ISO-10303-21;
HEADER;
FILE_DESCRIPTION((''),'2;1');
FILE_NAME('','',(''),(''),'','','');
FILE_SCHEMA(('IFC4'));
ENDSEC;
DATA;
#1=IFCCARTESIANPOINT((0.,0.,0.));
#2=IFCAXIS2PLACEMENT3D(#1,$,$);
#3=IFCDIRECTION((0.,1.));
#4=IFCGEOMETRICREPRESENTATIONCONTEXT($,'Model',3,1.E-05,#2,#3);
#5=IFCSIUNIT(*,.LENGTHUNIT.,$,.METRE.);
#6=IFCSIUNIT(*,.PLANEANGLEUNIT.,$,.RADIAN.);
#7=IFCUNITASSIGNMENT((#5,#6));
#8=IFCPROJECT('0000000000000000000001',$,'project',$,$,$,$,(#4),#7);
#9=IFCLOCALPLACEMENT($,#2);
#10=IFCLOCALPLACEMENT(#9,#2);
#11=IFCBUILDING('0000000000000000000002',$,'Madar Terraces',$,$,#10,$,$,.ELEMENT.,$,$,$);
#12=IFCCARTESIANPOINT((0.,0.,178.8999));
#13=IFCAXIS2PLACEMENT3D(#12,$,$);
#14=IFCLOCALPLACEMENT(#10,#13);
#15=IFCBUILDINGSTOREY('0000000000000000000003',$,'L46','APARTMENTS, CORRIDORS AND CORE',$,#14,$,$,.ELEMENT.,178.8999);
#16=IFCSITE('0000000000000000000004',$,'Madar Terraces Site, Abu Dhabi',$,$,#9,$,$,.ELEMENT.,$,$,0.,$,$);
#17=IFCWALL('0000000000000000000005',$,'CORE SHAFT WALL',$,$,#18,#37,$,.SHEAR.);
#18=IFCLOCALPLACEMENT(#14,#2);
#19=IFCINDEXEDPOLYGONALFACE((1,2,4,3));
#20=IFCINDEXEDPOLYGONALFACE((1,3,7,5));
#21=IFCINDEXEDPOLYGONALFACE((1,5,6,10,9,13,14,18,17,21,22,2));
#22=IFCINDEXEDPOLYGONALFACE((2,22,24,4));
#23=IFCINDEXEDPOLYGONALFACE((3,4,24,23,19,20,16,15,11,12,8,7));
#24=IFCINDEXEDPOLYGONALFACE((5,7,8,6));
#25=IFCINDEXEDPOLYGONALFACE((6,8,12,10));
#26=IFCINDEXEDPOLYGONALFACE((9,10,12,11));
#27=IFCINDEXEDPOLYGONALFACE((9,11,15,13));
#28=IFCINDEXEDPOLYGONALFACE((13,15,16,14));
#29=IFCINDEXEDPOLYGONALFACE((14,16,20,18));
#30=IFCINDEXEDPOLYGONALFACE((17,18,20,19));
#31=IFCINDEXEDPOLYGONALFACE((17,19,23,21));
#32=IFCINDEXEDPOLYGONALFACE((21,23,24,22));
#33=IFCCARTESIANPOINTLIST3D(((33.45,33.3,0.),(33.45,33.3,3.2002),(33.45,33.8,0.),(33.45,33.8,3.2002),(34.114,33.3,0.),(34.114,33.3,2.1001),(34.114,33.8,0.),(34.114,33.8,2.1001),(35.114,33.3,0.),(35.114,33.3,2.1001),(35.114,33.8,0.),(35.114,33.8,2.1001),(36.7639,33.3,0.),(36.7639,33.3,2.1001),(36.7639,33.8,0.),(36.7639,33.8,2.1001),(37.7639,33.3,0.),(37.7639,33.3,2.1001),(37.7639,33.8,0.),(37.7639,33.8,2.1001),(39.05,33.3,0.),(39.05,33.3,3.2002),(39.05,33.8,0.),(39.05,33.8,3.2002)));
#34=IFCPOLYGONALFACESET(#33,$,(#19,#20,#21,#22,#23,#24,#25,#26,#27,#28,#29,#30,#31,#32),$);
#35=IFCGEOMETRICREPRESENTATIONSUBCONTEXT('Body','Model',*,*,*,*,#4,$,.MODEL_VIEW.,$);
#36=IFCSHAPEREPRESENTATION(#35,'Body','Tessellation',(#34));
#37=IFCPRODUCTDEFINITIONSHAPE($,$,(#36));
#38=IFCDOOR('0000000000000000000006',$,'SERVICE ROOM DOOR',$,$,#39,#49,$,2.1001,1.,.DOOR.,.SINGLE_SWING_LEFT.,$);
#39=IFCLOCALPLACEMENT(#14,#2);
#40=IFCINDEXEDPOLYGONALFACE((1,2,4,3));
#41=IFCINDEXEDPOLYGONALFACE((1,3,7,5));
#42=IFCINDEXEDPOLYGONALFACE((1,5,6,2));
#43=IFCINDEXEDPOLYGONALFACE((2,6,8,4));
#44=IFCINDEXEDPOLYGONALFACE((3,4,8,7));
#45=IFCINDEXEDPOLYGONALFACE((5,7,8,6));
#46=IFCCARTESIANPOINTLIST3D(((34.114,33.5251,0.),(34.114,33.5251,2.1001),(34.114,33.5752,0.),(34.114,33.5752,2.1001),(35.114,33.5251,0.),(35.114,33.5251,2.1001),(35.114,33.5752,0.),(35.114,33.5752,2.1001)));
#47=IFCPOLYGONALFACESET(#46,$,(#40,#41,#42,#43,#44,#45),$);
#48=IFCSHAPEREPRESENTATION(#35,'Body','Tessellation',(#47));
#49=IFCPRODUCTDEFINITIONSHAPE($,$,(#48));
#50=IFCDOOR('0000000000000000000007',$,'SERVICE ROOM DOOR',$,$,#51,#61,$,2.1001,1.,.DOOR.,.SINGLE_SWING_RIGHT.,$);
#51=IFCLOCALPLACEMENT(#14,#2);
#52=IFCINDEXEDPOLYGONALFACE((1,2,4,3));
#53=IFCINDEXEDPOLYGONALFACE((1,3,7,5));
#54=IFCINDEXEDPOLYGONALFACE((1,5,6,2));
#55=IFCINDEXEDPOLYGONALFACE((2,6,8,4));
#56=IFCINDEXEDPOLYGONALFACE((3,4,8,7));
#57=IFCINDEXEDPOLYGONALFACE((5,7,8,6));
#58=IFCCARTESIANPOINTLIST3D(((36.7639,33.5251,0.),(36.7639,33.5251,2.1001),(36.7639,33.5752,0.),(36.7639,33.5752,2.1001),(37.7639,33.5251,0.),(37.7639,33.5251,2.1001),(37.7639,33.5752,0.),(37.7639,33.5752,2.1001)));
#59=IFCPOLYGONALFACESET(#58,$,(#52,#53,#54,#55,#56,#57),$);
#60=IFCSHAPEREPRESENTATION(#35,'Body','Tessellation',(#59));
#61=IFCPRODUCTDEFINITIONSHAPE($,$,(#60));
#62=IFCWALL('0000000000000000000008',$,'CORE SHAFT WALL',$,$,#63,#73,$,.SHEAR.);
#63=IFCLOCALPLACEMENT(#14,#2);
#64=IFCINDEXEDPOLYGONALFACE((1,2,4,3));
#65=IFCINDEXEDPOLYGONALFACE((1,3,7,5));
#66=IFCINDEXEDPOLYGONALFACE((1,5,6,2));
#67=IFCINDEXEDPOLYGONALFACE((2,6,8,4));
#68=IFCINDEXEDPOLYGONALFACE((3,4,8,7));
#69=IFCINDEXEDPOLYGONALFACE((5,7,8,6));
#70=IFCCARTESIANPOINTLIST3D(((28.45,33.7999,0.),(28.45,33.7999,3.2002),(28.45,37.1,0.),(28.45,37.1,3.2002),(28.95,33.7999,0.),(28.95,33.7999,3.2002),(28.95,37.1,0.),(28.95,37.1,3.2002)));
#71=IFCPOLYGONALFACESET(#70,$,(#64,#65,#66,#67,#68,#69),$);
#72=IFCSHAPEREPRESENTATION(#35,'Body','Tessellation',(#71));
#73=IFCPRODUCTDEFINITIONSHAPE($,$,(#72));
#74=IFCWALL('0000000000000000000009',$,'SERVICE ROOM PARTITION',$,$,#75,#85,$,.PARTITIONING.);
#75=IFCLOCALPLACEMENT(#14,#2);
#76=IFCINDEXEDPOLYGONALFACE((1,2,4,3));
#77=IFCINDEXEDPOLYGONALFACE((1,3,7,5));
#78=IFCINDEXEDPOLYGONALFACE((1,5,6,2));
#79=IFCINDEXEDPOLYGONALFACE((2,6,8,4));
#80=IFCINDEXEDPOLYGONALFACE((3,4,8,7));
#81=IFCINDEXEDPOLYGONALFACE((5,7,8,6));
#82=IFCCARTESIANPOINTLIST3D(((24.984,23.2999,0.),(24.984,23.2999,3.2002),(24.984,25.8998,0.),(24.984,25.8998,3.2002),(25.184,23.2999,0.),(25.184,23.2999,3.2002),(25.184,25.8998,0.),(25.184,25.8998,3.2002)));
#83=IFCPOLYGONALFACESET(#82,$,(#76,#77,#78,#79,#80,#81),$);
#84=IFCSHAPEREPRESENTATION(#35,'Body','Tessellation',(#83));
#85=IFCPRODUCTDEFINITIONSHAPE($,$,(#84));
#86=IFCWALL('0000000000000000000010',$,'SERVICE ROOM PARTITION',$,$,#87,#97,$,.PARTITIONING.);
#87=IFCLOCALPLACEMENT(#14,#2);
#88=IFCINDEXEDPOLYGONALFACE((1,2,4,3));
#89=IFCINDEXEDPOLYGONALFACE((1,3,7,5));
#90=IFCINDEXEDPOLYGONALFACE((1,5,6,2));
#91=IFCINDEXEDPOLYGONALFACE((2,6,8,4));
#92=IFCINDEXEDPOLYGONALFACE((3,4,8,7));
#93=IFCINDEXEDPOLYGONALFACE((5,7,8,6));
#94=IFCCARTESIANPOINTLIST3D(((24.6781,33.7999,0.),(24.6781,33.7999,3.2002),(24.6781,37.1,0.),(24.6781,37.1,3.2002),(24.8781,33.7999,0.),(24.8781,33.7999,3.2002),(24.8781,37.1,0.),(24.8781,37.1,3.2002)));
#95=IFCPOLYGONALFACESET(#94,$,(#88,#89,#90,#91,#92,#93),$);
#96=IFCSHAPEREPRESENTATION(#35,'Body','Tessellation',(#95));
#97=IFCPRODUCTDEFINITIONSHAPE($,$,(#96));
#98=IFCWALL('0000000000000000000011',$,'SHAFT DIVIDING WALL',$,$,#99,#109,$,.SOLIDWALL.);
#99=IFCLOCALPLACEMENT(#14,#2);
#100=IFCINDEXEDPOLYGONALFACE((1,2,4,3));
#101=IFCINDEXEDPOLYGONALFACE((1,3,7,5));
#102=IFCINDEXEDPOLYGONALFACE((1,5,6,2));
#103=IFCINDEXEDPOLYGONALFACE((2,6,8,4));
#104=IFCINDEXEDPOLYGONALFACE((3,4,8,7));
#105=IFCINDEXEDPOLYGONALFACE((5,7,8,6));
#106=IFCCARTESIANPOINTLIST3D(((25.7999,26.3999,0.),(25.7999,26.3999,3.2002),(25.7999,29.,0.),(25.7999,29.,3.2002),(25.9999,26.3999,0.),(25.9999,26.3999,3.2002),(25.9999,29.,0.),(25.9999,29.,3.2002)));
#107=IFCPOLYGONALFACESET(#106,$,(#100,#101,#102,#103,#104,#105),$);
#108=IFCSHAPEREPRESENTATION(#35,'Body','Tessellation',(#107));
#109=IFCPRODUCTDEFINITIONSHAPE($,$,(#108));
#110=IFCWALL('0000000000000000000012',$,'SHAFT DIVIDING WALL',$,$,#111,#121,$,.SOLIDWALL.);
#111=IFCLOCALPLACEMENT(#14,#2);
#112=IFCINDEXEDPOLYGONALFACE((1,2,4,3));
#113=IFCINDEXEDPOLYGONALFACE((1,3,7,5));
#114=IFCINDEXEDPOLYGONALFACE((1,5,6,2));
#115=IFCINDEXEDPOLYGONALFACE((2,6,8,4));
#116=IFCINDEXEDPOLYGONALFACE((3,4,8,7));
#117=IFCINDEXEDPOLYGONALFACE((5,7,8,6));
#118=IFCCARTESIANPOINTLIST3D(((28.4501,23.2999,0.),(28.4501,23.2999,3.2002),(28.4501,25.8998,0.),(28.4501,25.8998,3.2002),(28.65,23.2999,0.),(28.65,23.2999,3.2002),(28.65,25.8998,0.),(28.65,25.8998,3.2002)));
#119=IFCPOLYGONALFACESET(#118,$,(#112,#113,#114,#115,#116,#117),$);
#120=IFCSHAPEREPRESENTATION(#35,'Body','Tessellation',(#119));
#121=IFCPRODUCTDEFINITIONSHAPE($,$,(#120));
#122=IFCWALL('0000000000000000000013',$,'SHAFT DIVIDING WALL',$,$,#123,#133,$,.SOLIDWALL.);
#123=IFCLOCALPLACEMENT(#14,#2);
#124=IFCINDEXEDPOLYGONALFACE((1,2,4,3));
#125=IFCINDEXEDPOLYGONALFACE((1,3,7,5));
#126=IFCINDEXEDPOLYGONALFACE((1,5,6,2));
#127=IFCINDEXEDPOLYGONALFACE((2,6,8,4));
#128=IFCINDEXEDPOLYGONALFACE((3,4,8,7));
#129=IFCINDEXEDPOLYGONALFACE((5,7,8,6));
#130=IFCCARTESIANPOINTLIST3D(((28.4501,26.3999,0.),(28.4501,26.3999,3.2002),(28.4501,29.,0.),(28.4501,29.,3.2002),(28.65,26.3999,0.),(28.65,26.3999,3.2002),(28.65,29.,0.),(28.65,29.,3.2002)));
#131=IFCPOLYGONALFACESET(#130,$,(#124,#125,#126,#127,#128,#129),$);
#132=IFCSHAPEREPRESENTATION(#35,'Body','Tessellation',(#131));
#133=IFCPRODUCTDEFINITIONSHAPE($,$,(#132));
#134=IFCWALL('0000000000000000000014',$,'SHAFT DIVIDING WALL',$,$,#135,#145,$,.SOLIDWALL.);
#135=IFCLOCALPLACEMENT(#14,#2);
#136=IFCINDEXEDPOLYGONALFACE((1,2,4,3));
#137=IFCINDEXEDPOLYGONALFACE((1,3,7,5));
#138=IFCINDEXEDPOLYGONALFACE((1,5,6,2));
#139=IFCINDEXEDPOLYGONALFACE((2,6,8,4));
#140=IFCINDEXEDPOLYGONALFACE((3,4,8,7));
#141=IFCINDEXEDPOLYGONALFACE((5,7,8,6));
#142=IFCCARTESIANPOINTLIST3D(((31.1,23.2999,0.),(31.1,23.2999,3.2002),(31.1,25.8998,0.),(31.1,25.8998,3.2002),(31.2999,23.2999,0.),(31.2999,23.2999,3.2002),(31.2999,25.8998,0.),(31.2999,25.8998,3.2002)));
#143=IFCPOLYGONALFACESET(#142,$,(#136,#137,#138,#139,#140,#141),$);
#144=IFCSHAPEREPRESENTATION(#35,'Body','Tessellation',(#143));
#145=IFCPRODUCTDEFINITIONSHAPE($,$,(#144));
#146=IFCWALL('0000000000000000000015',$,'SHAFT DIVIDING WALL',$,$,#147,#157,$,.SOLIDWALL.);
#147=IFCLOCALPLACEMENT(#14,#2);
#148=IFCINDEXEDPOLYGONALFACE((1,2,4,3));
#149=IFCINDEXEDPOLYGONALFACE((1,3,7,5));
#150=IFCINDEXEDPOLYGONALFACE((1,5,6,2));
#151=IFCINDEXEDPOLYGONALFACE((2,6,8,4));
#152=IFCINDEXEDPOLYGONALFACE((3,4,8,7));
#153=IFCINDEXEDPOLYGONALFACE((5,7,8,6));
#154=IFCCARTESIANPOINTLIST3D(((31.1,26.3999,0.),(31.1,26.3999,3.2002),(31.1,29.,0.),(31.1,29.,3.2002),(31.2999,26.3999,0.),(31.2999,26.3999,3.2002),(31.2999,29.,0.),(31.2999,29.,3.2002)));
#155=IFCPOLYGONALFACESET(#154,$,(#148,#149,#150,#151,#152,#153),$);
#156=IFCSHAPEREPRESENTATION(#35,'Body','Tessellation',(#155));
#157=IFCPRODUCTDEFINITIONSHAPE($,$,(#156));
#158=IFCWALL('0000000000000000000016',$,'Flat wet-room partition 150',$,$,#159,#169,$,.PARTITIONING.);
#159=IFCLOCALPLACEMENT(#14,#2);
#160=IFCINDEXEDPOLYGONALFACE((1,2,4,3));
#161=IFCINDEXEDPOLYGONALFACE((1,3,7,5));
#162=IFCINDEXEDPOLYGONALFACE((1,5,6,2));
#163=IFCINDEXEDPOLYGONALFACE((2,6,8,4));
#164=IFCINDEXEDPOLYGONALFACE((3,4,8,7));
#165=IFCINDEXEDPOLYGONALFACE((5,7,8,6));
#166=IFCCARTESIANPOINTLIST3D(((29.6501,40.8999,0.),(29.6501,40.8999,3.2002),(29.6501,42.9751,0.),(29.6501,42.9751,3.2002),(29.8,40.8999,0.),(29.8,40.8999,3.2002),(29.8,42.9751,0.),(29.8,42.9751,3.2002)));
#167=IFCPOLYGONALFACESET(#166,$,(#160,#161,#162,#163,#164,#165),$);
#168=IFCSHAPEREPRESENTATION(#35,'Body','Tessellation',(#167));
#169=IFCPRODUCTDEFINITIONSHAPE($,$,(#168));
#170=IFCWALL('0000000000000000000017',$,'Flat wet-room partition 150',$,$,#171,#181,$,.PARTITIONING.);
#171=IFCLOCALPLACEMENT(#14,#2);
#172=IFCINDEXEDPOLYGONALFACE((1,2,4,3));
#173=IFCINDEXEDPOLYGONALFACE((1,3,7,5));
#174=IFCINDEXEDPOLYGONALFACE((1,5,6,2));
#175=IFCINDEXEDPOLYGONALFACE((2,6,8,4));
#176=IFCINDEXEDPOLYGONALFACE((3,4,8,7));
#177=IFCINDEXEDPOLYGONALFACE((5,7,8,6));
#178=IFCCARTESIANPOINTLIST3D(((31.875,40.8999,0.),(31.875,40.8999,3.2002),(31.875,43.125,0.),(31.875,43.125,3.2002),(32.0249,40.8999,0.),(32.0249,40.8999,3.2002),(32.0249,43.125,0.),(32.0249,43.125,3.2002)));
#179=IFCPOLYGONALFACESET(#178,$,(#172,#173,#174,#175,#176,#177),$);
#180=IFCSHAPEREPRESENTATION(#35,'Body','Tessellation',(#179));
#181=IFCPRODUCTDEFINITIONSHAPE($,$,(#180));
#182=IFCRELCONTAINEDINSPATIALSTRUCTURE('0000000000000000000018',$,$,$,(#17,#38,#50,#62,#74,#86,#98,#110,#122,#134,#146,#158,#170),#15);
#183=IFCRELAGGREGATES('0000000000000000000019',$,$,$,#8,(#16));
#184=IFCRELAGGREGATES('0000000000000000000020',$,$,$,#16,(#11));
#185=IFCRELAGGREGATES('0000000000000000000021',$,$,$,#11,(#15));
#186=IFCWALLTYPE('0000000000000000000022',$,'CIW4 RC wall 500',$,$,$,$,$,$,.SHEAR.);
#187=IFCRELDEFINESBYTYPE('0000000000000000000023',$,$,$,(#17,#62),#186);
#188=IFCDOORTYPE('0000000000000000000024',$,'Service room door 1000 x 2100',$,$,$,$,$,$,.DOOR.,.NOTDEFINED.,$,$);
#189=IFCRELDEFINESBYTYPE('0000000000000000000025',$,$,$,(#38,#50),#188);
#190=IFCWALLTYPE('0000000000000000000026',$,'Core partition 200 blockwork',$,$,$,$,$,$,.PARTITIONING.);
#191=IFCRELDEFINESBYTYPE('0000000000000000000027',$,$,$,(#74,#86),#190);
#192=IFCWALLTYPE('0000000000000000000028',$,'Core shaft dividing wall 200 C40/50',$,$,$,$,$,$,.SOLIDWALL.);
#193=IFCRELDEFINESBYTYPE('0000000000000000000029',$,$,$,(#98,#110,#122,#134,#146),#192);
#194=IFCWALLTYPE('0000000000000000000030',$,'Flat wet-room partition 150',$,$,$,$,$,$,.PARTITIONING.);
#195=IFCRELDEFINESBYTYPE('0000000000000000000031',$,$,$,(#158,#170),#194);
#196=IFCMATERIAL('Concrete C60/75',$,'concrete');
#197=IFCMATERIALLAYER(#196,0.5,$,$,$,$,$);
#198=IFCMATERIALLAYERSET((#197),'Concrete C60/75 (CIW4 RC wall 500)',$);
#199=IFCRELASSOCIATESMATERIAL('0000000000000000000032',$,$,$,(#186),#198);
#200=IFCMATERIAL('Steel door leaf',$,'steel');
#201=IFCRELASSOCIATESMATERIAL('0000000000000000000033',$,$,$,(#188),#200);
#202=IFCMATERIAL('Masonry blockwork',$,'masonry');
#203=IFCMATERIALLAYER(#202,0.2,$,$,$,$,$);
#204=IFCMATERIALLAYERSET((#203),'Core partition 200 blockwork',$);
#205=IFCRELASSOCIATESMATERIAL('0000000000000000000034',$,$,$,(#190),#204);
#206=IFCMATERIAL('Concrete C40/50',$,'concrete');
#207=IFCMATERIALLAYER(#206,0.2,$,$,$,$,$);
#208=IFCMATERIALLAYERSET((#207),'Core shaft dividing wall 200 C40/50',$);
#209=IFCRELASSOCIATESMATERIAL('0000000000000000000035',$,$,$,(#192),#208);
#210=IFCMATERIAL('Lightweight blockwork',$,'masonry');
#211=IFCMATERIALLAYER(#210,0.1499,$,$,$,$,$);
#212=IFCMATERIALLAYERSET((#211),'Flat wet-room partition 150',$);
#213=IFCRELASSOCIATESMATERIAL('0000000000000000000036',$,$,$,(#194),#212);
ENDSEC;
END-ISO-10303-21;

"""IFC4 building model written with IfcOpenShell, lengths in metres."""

from ifc_helpers import new_model, si_unit, direction, frame, frame_2d, origin, place, context, subcontext, project, spatial, rectangle, extrude, material, layer, layer_set, type_object, element, fill, save


model = new_model("IFC4")

# Units and contexts
model_context = context("Model", 3, precision=1e-05, world=origin(), true_north=direction((0.0, 1.0)))
body_context = subcontext(model_context, "Body", "Model", "MODEL_VIEW")
ifc_project = project(units=[si_unit("LENGTHUNIT", "METRE"), si_unit("PLANEANGLEUNIT", "RADIAN")], contexts=[model_context])

# Site, building, storey
site_placement = place(None, origin())
site = spatial("IfcSite", under=ifc_project, at=site_placement, Name="Madar Terraces Site, Abu Dhabi", CompositionType="ELEMENT", RefElevation=0.0)
building_placement = place(site_placement, origin())
building = spatial("IfcBuilding", under=site, at=building_placement, Name="Madar Terraces", CompositionType="ELEMENT")
storey_placement = place(building_placement, frame((0.0, 0.0, 178.8999)))
storey = spatial("IfcBuildingStorey", under=building, at=storey_placement, Name="L46", Description="APARTMENTS, CORRIDORS AND CORE", CompositionType="ELEMENT", Elevation=178.8999)

# Wall, openings, doors
ifc_material_1 = material(Name="Concrete C60/75", Category="concrete")
ifc_layer_1 = layer(ifc_material_1, 0.5)
ifc_layer_set_1 = layer_set([ifc_layer_1], Name="Concrete C60/75 (CIW4 RC wall 500)")
wall_type_1 = type_object("IfcWallType", Name="CIW4 RC wall 500", PredefinedType="SHEAR", material=ifc_layer_set_1)
wall_1_placement = place(storey_placement, frame((33.45, 33.55, 0.0), z_axis=(0.0, 0.0, 1.0), x_axis=(1.0, 0.0, 0.0)))
wall_1 = element("IfcWall", 1, at=wall_1_placement, inside=storey, type_object=wall_type_1, Name="CORE SHAFT WALL", PredefinedType="SHEAR", context=body_context, shape_type="SweptSolid", body=[
    extrude(rectangle(XDim=5.6001, YDim=0.5, at=frame_2d((2.8, 0.0))), origin(), (0.0, 0.0, 1.0), 3.2002),
])
opening_1_placement = place(wall_1_placement, frame((0.6641, 0.0, 0.0)))
opening_1 = element("IfcOpeningElement", 2, at=opening_1_placement, cuts=wall_1, PredefinedType="OPENING", context=body_context, shape_type="SweptSolid", body=[
    extrude(rectangle(XDim=1.0, YDim=2.1001, at=frame_2d((0.5, 1.05))), frame((0.0, 0.26, 0.0), z_axis=(0.0, -1.0, 0.0), x_axis=(1.0, 0.0, 0.0)), (0.0, 0.0, 1.0), 0.52),
])
opening_2_placement = place(wall_1_placement, frame((3.314, 0.0, 0.0)))
opening_2 = element("IfcOpeningElement", 3, at=opening_2_placement, cuts=wall_1, PredefinedType="OPENING", context=body_context, shape_type="SweptSolid", body=[
    extrude(rectangle(XDim=1.0, YDim=2.1001, at=frame_2d((0.5, 1.05))), frame((0.0, 0.26, 0.0), z_axis=(0.0, -1.0, 0.0), x_axis=(1.0, 0.0, 0.0)), (0.0, 0.0, 1.0), 0.52),
])
ifc_material_2 = material(Name="Steel door leaf", Category="steel")
door_type = type_object("IfcDoorType", Name="Service room door 1000 x 2100", OperationType="NOTDEFINED", PredefinedType="DOOR", material=ifc_material_2)
door_1_placement = place(opening_1_placement, frame((1.0, 0.0, 0.0), z_axis=(0.0, 0.0, 1.0), x_axis=(-1.0, 0.0, 0.0)))
door_1 = element("IfcDoor", 4, at=door_1_placement, inside=storey, type_object=door_type, Name="SERVICE ROOM DOOR", OperationType="SINGLE_SWING_LEFT", OverallHeight=2.1001, OverallWidth=1.0, PredefinedType="DOOR", context=body_context, shape_type="SweptSolid", body=[
    extrude(rectangle(XDim=1.0, YDim=2.1001, at=frame_2d((0.5, 1.05))), frame((0.0, 0.0249, 0.0), z_axis=(0.0, -1.0, 0.0), x_axis=(1.0, 0.0, 0.0)), (0.0, 0.0, 1.0), 0.05),
])
fill(opening_1, door_1)
door_2_placement = place(opening_2_placement, frame((1.0, 0.0, 0.0), z_axis=(0.0, 0.0, 1.0), x_axis=(-1.0, 0.0, 0.0)))
door_2 = element("IfcDoor", 5, at=door_2_placement, inside=storey, type_object=door_type, Name="SERVICE ROOM DOOR", OperationType="SINGLE_SWING_RIGHT", OverallHeight=2.1001, OverallWidth=1.0, PredefinedType="DOOR", context=body_context, shape_type="SweptSolid", body=[
    extrude(rectangle(XDim=1.0, YDim=2.1001, at=frame_2d((0.5, 1.05))), frame((0.0, 0.0249, 0.0), z_axis=(0.0, -1.0, 0.0), x_axis=(1.0, 0.0, 0.0)), (0.0, 0.0, 1.0), 0.05),
])
fill(opening_2, door_2)

# Walls
wall_2_placement = place(storey_placement, frame((28.7, 33.8, 0.0), z_axis=(0.0, 0.0, 1.0), x_axis=(0.0, 1.0, 0.0)))
element("IfcWall", 6, at=wall_2_placement, inside=storey, type_object=wall_type_1, Name="CORE SHAFT WALL", PredefinedType="SHEAR", context=body_context, shape_type="SweptSolid", body=[
    extrude(rectangle(XDim=3.3, YDim=0.5, at=frame_2d((1.6499, 0.0))), origin(), (0.0, 0.0, 1.0), 3.2002),
])
ifc_material_3 = material(Name="Masonry blockwork", Category="masonry")
ifc_layer_2 = layer(ifc_material_3, 0.2)
ifc_layer_set_2 = layer_set([ifc_layer_2], Name="Core partition 200 blockwork")
wall_type_2 = type_object("IfcWallType", Name="Core partition 200 blockwork", PredefinedType="PARTITIONING", material=ifc_layer_set_2)
wall_3_placement = place(storey_placement, frame((25.084, 23.3, 0.0), z_axis=(0.0, 0.0, 1.0), x_axis=(0.0, 1.0, 0.0)))
element("IfcWall", 7, at=wall_3_placement, inside=storey, type_object=wall_type_2, Name="SERVICE ROOM PARTITION", PredefinedType="PARTITIONING", context=body_context, shape_type="SweptSolid", body=[
    extrude(rectangle(XDim=2.5999, YDim=0.2, at=frame_2d((1.2998, 0.0))), origin(), (0.0, 0.0, 1.0), 3.2002),
])
wall_4_placement = place(storey_placement, frame((24.7781, 33.8, 0.0), z_axis=(0.0, 0.0, 1.0), x_axis=(0.0, 1.0, 0.0)))
element("IfcWall", 8, at=wall_4_placement, inside=storey, type_object=wall_type_2, Name="SERVICE ROOM PARTITION", PredefinedType="PARTITIONING", context=body_context, shape_type="SweptSolid", body=[
    extrude(rectangle(XDim=3.3, YDim=0.2, at=frame_2d((1.6499, 0.0))), origin(), (0.0, 0.0, 1.0), 3.2002),
])
ifc_material_4 = material(Name="Concrete C40/50", Category="concrete")
ifc_layer_3 = layer(ifc_material_4, 0.2)
ifc_layer_set_3 = layer_set([ifc_layer_3], Name="Core shaft dividing wall 200 C40/50")
wall_type_3 = type_object("IfcWallType", Name="Core shaft dividing wall 200 C40/50", PredefinedType="SOLIDWALL", material=ifc_layer_set_3)
wall_5_placement = place(storey_placement, frame((25.8999, 26.3999, 0.0), z_axis=(0.0, 0.0, 1.0), x_axis=(0.0, 1.0, 0.0)))
element("IfcWall", 9, at=wall_5_placement, inside=storey, type_object=wall_type_3, Name="SHAFT DIVIDING WALL", PredefinedType="SOLIDWALL", context=body_context, shape_type="SweptSolid", body=[
    extrude(rectangle(XDim=2.6001, YDim=0.2, at=frame_2d((1.3, 0.0))), origin(), (0.0, 0.0, 1.0), 3.2002),
])
wall_6_placement = place(storey_placement, frame((28.55, 23.3, 0.0), z_axis=(0.0, 0.0, 1.0), x_axis=(0.0, 1.0, 0.0)))
element("IfcWall", 10, at=wall_6_placement, inside=storey, type_object=wall_type_3, Name="SHAFT DIVIDING WALL", PredefinedType="SOLIDWALL", context=body_context, shape_type="SweptSolid", body=[
    extrude(rectangle(XDim=2.5999, YDim=0.2, at=frame_2d((1.2998, 0.0))), origin(), (0.0, 0.0, 1.0), 3.2002),
])
wall_7_placement = place(storey_placement, frame((28.55, 26.3999, 0.0), z_axis=(0.0, 0.0, 1.0), x_axis=(0.0, 1.0, 0.0)))
element("IfcWall", 11, at=wall_7_placement, inside=storey, type_object=wall_type_3, Name="SHAFT DIVIDING WALL", PredefinedType="SOLIDWALL", context=body_context, shape_type="SweptSolid", body=[
    extrude(rectangle(XDim=2.6001, YDim=0.2, at=frame_2d((1.3, 0.0))), origin(), (0.0, 0.0, 1.0), 3.2002),
])
wall_8_placement = place(storey_placement, frame((31.2, 23.3, 0.0), z_axis=(0.0, 0.0, 1.0), x_axis=(0.0, 1.0, 0.0)))
element("IfcWall", 12, at=wall_8_placement, inside=storey, type_object=wall_type_3, Name="SHAFT DIVIDING WALL", PredefinedType="SOLIDWALL", context=body_context, shape_type="SweptSolid", body=[
    extrude(rectangle(XDim=2.5999, YDim=0.2, at=frame_2d((1.2998, 0.0))), origin(), (0.0, 0.0, 1.0), 3.2002),
])
wall_9_placement = place(storey_placement, frame((31.2, 26.3999, 0.0), z_axis=(0.0, 0.0, 1.0), x_axis=(0.0, 1.0, 0.0)))
element("IfcWall", 13, at=wall_9_placement, inside=storey, type_object=wall_type_3, Name="SHAFT DIVIDING WALL", PredefinedType="SOLIDWALL", context=body_context, shape_type="SweptSolid", body=[
    extrude(rectangle(XDim=2.6001, YDim=0.2, at=frame_2d((1.3, 0.0))), origin(), (0.0, 0.0, 1.0), 3.2002),
])
ifc_material_5 = material(Name="Lightweight blockwork", Category="masonry")
ifc_layer_4 = layer(ifc_material_5, 0.1499)
ifc_layer_set_4 = layer_set([ifc_layer_4], Name="Flat wet-room partition 150")
wall_type_4 = type_object("IfcWallType", Name="Flat wet-room partition 150", PredefinedType="PARTITIONING", material=ifc_layer_set_4)
wall_10_placement = place(storey_placement, frame((29.7251, 40.8999, 0.0), z_axis=(0.0, 0.0, 1.0), x_axis=(0.0, 1.0, 0.0)))
element("IfcWall", 14, at=wall_10_placement, inside=storey, type_object=wall_type_4, Name="Flat wet-room partition 150", PredefinedType="PARTITIONING", context=body_context, shape_type="SweptSolid", body=[
    extrude(rectangle(XDim=2.0752, YDim=0.1499, at=frame_2d((1.0376, 0.0))), origin(), (0.0, 0.0, 1.0), 3.2002),
])
wall_11_placement = place(storey_placement, frame((31.95, 40.8999, 0.0), z_axis=(0.0, 0.0, 1.0), x_axis=(0.0, 1.0, 0.0)))
element("IfcWall", 15, at=wall_11_placement, inside=storey, type_object=wall_type_4, Name="Flat wet-room partition 150", PredefinedType="PARTITIONING", context=body_context, shape_type="SweptSolid", body=[
    extrude(rectangle(XDim=2.2251, YDim=0.1499, at=frame_2d((1.1125, 0.0))), origin(), (0.0, 0.0, 1.0), 3.2002),
])

save(model, "model.ifc")
